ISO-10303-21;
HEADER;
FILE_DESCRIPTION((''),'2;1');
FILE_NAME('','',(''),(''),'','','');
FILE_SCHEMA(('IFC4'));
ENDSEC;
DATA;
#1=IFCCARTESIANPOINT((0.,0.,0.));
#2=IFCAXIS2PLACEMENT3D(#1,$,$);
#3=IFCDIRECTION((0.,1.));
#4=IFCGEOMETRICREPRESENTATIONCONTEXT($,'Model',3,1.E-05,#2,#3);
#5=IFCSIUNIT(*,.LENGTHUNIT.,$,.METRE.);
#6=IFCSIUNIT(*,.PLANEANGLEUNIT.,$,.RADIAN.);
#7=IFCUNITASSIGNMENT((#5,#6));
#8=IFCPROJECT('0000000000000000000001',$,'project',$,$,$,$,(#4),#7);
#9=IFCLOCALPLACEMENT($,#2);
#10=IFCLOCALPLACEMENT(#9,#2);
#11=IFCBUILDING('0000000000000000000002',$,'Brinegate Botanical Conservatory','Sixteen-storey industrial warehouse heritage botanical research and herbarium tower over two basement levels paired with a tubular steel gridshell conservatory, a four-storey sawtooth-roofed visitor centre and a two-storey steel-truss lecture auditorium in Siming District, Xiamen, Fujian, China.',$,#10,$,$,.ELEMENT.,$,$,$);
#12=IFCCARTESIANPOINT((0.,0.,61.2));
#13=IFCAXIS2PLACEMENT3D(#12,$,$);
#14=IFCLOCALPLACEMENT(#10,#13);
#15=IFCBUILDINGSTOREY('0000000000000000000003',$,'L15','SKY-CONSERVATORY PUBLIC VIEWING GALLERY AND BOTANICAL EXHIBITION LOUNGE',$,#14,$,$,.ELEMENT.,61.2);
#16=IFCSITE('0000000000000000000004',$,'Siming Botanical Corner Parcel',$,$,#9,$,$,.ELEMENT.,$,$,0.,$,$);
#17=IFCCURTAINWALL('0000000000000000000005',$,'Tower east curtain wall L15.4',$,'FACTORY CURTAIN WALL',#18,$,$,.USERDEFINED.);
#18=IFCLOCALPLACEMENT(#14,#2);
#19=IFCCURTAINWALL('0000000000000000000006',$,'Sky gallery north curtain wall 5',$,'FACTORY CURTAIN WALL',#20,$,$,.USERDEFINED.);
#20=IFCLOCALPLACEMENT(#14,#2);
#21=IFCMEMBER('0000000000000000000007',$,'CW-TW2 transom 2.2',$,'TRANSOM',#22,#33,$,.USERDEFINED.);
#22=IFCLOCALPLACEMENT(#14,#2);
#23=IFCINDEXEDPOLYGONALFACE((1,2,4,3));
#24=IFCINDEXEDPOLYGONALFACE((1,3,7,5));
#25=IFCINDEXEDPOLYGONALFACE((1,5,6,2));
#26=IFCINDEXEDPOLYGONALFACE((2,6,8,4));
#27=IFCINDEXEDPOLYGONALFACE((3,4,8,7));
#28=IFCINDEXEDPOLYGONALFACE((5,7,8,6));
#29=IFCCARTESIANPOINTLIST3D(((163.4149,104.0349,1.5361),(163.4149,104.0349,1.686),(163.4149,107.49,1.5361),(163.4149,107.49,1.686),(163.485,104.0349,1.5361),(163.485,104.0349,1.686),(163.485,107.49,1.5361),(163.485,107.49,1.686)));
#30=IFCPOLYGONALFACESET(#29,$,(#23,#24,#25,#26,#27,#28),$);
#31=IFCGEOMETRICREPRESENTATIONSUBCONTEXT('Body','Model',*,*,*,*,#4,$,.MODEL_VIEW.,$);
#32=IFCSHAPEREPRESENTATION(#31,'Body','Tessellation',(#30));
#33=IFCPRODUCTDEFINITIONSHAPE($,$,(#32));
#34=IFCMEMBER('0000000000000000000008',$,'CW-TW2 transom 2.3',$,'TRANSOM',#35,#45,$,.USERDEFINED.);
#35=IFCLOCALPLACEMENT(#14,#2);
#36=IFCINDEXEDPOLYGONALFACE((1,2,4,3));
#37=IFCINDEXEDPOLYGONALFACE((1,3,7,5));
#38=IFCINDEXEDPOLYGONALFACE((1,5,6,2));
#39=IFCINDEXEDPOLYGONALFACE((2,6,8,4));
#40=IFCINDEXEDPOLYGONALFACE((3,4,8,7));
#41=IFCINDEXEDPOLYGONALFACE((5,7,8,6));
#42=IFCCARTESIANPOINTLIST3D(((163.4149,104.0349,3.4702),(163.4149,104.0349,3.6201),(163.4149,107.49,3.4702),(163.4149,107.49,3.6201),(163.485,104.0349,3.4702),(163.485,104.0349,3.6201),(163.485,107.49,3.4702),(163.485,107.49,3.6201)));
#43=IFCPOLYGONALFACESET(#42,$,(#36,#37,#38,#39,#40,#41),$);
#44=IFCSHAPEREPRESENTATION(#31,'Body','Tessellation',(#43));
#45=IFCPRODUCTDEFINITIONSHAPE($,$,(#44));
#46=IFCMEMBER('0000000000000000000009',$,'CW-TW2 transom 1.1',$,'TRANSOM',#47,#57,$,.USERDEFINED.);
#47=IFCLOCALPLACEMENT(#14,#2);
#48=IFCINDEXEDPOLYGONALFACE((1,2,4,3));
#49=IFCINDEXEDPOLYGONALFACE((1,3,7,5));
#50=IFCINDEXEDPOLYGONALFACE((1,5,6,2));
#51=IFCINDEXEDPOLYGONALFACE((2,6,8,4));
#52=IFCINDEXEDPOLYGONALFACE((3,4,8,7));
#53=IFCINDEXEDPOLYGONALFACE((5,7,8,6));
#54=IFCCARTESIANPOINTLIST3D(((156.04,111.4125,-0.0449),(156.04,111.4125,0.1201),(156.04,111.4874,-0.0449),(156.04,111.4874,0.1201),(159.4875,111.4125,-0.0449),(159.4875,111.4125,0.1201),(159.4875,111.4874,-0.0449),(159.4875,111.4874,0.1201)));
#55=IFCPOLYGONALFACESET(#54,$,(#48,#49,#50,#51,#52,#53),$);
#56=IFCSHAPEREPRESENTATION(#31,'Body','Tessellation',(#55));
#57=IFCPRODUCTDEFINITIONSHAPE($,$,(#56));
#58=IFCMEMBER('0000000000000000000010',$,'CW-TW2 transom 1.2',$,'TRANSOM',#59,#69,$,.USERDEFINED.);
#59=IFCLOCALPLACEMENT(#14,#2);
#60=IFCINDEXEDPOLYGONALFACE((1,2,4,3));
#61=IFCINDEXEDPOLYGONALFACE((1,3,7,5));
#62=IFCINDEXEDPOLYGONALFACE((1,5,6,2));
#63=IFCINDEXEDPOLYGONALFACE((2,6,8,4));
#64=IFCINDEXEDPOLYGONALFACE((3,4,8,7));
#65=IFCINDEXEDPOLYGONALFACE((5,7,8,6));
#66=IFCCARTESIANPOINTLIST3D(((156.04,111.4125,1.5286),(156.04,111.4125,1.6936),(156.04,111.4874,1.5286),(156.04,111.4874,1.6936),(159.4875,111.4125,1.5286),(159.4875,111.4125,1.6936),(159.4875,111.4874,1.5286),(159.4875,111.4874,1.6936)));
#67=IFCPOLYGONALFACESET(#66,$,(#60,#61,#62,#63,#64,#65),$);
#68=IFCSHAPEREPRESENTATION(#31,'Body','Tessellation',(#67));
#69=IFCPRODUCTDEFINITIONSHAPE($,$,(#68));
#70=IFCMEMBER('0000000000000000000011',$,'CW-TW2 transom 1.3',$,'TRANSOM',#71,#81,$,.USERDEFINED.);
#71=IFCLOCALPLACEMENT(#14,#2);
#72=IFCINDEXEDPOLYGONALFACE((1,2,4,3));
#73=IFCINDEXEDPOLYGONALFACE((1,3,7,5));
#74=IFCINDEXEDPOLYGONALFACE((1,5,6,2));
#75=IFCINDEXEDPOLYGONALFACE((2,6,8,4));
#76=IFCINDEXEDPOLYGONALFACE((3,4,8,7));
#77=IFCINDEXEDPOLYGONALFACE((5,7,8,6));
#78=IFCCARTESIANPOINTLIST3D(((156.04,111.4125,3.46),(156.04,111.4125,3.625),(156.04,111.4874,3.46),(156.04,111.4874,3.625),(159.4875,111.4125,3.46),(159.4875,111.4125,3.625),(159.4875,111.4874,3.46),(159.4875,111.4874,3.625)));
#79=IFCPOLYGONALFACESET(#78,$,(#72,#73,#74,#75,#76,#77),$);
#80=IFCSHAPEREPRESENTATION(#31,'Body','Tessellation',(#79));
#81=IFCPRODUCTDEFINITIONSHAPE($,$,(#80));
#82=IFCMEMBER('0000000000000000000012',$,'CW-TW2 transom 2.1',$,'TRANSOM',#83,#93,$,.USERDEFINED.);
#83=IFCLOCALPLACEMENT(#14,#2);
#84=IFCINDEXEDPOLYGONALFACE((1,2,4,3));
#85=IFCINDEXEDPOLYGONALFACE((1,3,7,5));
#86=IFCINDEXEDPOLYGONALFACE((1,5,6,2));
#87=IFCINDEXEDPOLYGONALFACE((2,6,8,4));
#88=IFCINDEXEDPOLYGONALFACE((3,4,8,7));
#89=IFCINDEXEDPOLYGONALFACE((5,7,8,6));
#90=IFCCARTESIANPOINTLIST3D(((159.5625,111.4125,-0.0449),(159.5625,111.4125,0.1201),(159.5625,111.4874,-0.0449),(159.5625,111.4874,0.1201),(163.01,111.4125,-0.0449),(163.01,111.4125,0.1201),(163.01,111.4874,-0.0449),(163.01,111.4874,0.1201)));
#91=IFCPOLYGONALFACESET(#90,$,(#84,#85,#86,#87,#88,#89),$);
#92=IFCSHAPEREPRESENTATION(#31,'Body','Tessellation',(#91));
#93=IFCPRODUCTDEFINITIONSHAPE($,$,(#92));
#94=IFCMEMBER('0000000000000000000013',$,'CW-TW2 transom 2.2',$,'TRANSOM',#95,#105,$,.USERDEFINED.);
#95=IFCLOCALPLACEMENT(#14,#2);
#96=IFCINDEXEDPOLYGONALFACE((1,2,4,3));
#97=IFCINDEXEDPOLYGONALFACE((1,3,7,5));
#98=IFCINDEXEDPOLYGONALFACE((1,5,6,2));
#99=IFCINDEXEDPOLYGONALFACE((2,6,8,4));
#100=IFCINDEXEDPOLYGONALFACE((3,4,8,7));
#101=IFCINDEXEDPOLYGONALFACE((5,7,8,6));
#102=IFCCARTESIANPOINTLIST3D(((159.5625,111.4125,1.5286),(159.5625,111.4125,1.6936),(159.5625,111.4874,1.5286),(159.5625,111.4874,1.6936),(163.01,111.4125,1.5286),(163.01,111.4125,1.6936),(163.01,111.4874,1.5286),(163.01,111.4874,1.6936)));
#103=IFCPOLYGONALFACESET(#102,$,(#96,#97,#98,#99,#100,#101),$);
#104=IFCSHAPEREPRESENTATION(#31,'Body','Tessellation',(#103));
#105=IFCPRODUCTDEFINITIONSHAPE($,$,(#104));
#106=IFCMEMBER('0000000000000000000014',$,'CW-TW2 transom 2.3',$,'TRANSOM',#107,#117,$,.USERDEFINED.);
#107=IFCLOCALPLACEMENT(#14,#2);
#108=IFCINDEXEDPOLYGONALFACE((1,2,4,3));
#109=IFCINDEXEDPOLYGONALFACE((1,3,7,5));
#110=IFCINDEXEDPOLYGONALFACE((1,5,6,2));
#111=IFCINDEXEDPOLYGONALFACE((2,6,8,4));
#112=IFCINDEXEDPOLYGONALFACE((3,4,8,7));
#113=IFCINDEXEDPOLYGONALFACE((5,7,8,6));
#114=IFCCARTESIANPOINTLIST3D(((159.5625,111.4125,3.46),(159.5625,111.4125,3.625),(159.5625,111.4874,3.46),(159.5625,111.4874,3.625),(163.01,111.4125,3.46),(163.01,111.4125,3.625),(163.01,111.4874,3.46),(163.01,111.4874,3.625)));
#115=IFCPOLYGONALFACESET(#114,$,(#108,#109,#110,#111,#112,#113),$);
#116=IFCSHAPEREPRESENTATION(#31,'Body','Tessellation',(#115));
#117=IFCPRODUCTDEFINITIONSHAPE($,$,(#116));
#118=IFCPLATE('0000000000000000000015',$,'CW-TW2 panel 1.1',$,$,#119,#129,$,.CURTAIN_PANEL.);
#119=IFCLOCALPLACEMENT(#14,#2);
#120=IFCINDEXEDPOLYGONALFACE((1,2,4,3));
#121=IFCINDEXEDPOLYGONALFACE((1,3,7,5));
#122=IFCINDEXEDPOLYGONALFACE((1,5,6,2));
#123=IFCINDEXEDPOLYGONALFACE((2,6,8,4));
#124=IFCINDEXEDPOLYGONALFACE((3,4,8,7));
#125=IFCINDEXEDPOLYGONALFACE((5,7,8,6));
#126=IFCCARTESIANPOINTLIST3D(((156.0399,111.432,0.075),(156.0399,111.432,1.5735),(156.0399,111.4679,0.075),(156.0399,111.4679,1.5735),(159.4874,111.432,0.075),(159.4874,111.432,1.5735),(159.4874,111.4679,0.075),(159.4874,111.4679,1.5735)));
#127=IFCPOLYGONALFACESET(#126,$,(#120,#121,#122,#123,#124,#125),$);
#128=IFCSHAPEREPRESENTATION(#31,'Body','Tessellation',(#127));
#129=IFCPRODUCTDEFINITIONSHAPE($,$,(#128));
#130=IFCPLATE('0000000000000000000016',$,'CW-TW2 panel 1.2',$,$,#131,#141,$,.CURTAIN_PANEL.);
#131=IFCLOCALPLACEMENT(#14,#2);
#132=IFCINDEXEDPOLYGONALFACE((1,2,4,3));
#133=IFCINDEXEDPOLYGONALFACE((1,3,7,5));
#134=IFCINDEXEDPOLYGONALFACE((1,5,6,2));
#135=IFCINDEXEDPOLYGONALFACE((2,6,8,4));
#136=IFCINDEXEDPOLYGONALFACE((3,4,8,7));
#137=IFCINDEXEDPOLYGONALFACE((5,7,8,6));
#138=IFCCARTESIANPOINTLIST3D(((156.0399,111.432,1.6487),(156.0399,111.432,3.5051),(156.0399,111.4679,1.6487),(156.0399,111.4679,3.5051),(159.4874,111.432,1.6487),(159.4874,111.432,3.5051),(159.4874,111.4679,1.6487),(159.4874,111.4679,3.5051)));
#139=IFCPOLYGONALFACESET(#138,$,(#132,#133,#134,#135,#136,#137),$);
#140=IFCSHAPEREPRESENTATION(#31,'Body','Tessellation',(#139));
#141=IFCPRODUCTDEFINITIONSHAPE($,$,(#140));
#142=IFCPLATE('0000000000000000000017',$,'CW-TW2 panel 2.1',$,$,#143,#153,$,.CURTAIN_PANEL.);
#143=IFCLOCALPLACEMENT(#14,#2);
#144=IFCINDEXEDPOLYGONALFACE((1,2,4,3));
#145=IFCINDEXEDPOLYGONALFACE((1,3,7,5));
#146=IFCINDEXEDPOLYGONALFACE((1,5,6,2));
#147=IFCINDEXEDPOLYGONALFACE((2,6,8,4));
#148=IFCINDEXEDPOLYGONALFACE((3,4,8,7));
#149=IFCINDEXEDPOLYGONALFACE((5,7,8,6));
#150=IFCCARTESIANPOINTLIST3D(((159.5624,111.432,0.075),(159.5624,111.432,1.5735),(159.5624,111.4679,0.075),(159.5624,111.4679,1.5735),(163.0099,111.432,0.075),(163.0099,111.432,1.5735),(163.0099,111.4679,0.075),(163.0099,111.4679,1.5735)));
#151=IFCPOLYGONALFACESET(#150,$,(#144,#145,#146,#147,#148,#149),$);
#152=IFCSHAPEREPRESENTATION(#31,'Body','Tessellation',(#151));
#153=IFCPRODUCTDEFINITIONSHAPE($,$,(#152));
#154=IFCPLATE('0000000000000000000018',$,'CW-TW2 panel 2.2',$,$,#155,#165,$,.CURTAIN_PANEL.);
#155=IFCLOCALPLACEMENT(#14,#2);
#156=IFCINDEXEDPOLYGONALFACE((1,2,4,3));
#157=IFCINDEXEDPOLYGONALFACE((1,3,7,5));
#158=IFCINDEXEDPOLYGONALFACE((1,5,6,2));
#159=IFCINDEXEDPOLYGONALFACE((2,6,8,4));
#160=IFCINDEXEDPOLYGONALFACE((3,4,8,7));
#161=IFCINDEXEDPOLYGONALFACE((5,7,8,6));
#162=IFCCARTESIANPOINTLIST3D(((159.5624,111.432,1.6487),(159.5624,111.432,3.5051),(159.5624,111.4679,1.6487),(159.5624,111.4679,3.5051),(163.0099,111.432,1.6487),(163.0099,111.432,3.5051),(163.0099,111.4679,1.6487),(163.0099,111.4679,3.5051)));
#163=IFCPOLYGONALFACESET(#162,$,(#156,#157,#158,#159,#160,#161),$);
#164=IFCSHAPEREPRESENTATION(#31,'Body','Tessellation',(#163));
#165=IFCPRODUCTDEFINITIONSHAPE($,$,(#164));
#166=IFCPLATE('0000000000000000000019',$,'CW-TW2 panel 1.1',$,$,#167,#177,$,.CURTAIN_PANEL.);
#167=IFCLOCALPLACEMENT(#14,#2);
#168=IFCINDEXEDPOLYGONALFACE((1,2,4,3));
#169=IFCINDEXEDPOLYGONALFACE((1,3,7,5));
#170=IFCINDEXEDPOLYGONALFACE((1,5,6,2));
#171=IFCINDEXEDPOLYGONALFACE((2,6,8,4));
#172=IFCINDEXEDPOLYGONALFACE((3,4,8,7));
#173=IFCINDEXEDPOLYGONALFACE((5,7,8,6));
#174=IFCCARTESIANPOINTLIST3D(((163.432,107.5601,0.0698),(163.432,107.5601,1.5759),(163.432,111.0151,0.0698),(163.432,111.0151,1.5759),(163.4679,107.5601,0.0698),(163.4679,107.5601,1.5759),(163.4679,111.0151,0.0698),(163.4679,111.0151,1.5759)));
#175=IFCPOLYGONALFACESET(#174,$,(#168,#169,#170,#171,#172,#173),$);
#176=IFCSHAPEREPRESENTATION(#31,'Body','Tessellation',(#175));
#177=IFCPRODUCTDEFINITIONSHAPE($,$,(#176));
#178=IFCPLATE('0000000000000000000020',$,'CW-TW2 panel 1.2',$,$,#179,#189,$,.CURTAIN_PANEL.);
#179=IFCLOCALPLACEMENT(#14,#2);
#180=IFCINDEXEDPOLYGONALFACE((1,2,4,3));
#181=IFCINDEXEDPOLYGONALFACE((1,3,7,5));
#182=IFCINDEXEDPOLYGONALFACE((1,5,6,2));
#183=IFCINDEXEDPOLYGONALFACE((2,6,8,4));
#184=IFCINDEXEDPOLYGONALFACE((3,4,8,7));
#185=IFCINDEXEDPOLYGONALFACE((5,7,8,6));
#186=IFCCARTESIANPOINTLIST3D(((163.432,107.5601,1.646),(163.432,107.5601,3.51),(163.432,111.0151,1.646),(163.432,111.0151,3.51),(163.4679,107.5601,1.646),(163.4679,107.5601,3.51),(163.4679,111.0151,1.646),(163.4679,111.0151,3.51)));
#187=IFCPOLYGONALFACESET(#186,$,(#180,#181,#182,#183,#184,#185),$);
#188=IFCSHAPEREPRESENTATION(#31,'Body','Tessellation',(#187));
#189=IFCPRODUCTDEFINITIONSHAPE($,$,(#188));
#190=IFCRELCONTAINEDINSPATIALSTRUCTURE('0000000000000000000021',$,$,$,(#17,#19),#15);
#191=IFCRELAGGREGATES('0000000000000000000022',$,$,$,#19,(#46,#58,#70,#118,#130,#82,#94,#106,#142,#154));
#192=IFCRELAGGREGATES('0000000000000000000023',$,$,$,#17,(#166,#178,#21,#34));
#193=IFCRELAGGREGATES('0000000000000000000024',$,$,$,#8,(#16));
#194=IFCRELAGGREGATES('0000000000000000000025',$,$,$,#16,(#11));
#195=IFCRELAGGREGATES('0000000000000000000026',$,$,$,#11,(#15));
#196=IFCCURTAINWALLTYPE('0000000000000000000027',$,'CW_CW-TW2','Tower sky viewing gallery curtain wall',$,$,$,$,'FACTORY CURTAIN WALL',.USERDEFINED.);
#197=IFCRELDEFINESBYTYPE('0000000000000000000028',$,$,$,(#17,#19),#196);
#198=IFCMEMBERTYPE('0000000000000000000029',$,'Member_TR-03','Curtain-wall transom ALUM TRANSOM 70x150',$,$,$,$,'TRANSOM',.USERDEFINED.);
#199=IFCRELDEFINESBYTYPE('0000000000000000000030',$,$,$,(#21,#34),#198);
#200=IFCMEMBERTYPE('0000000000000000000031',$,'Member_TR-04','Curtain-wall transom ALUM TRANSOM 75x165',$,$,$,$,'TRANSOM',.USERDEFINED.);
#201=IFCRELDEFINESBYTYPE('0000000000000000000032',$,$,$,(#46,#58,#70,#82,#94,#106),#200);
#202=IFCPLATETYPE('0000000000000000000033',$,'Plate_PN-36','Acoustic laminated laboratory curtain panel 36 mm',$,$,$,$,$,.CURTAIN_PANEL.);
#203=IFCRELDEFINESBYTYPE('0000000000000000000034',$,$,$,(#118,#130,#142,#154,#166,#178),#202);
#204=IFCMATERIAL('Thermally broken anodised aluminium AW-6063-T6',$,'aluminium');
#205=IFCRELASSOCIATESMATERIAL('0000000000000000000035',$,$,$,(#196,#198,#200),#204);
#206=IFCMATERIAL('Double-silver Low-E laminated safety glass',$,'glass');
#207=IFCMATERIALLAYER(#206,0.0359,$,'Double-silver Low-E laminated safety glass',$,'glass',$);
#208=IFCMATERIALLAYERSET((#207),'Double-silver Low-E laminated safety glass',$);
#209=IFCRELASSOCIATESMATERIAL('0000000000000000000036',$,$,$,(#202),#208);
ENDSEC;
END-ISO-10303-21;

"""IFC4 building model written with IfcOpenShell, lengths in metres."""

from ifc_helpers import new_model, si_unit, direction, frame, origin, origin_2d, place, context, subcontext, project, spatial, rectangle, extrude, material, layer, layer_set, material_profile, profile_set, type_object, element, aggregate, save


model = new_model("IFC4")

# Units and contexts
model_context = context("Model", 3, precision=1e-05, world=origin(), true_north=direction((0.0, 1.0)))
body_context = subcontext(model_context, "Body", "Model", "MODEL_VIEW")
ifc_project = project(units=[si_unit("LENGTHUNIT", "METRE"), si_unit("PLANEANGLEUNIT", "RADIAN")], contexts=[model_context])

# Site, building, storey
site_placement = place(None, origin())
site = spatial("IfcSite", under=ifc_project, at=site_placement, Name="Siming Botanical Corner Parcel", CompositionType="ELEMENT", RefElevation=0.0)
building_placement = place(site_placement, origin())
building = spatial("IfcBuilding", under=site, at=building_placement, Name="Brinegate Botanical Conservatory", Description="Sixteen-storey industrial warehouse heritage botanical research and herbarium tower over two basement levels paired with a tubular steel gridshell conservatory, a four-storey sawtooth-roofed visitor centre and a two-storey steel-truss lecture auditorium in Siming District, Xiamen, Fujian, China.", CompositionType="ELEMENT")
storey_placement = place(building_placement, frame((0.0, 0.0, 61.2)))
storey = spatial("IfcBuildingStorey", under=building, at=storey_placement, Name="L15", Description="SKY-CONSERVATORY PUBLIC VIEWING GALLERY AND BOTANICAL EXHIBITION LOUNGE", CompositionType="ELEMENT", Elevation=61.2)

# Curtain walls
ifc_material_1 = material(Name="Thermally broken anodised aluminium AW-6063-T6", Category="aluminium")
curtain_wall_type = type_object("IfcCurtainWallType", Name="CW_CW-TW2", Description="Tower sky viewing gallery curtain wall", ElementType="FACTORY CURTAIN WALL", PredefinedType="USERDEFINED", material=ifc_material_1)
curtain_wall_1_placement = place(storey_placement, origin())
curtain_wall_1 = element("IfcCurtainWall", 1, at=curtain_wall_1_placement, inside=storey, type_object=curtain_wall_type, Name="Tower east curtain wall L15.4", ObjectType="FACTORY CURTAIN WALL", PredefinedType="USERDEFINED")
curtain_wall_2_placement = place(storey_placement, origin())
curtain_wall_2 = element("IfcCurtainWall", 2, at=curtain_wall_2_placement, inside=storey, type_object=curtain_wall_type, Name="Sky gallery north curtain wall 5", ObjectType="FACTORY CURTAIN WALL", PredefinedType="USERDEFINED")

# Members
ifc_material_profile_1 = material_profile(ifc_material_1, rectangle(XDim=0.0701, YDim=0.1499, at=origin_2d()), Name="ALUM TRANSOM 70x150")
ifc_profile_set_1 = profile_set([ifc_material_profile_1], Name="Thermally broken anodised aluminium AW-6063-T6")
member_type_1 = type_object("IfcMemberType", Name="Member_TR-03", Description="Curtain-wall transom ALUM TRANSOM 70x150", ElementType="TRANSOM", PredefinedType="USERDEFINED", material=ifc_profile_set_1)
member_1_placement = place(storey_placement, frame((163.45, 107.49, 1.6111), z_axis=(0.0, -1.0, 0.0), x_axis=(1.0, 0.0, 0.0)))
member_1 = element("IfcMember", 3, at=member_1_placement, type_object=member_type_1, Name="CW-TW2 transom 2.2", ObjectType="TRANSOM", PredefinedType="USERDEFINED", context=body_context, shape_type="SweptSolid", body=[
    extrude(rectangle(XDim=0.0701, YDim=0.1499, at=origin_2d()), origin(), (0.0, 0.0, 1.0), 3.4551),
])
member_2_placement = place(storey_placement, frame((163.45, 107.49, 3.5452), z_axis=(0.0, -1.0, 0.0), x_axis=(1.0, 0.0, 0.0)))
member_2 = element("IfcMember", 4, at=member_2_placement, type_object=member_type_1, Name="CW-TW2 transom 2.3", ObjectType="TRANSOM", PredefinedType="USERDEFINED", context=body_context, shape_type="SweptSolid", body=[
    extrude(rectangle(XDim=0.0701, YDim=0.1499, at=origin_2d()), origin(), (0.0, 0.0, 1.0), 3.4551),
])
ifc_material_profile_2 = material_profile(ifc_material_1, rectangle(XDim=0.075, YDim=0.165, at=origin_2d()), Name="ALUM TRANSOM 75x165")
ifc_profile_set_2 = profile_set([ifc_material_profile_2], Name="Thermally broken anodised aluminium AW-6063-T6")
member_type_2 = type_object("IfcMemberType", Name="Member_TR-04", Description="Curtain-wall transom ALUM TRANSOM 75x165", ElementType="TRANSOM", PredefinedType="USERDEFINED", material=ifc_profile_set_2)
member_3_placement = place(storey_placement, frame((156.04, 111.45, 0.0376), z_axis=(1.0, 0.0, 0.0), x_axis=(0.0, 1.0, 0.0)))
member_3 = element("IfcMember", 5, at=member_3_placement, type_object=member_type_2, Name="CW-TW2 transom 1.1", ObjectType="TRANSOM", PredefinedType="USERDEFINED", context=body_context, shape_type="SweptSolid", body=[
    extrude(rectangle(XDim=0.075, YDim=0.165, at=origin_2d()), origin(), (0.0, 0.0, 1.0), 3.4475),
])
member_4_placement = place(storey_placement, frame((156.04, 111.45, 1.6111), z_axis=(1.0, 0.0, 0.0), x_axis=(0.0, 1.0, 0.0)))
member_4 = element("IfcMember", 6, at=member_4_placement, type_object=member_type_2, Name="CW-TW2 transom 1.2", ObjectType="TRANSOM", PredefinedType="USERDEFINED", context=body_context, shape_type="SweptSolid", body=[
    extrude(rectangle(XDim=0.075, YDim=0.165, at=origin_2d()), origin(), (0.0, 0.0, 1.0), 3.4475),
])
member_5_placement = place(storey_placement, frame((156.04, 111.45, 3.5425), z_axis=(1.0, 0.0, 0.0), x_axis=(0.0, 1.0, 0.0)))
member_5 = element("IfcMember", 7, at=member_5_placement, type_object=member_type_2, Name="CW-TW2 transom 1.3", ObjectType="TRANSOM", PredefinedType="USERDEFINED", context=body_context, shape_type="SweptSolid", body=[
    extrude(rectangle(XDim=0.075, YDim=0.165, at=origin_2d()), origin(), (0.0, 0.0, 1.0), 3.4475),
])
member_6_placement = place(storey_placement, frame((159.5625, 111.45, 0.0376), z_axis=(1.0, 0.0, 0.0), x_axis=(0.0, 1.0, 0.0)))
member_6 = element("IfcMember", 8, at=member_6_placement, type_object=member_type_2, Name="CW-TW2 transom 2.1", ObjectType="TRANSOM", PredefinedType="USERDEFINED", context=body_context, shape_type="SweptSolid", body=[
    extrude(rectangle(XDim=0.075, YDim=0.165, at=origin_2d()), origin(), (0.0, 0.0, 1.0), 3.4475),
])
member_7_placement = place(storey_placement, frame((159.5625, 111.45, 1.6111), z_axis=(1.0, 0.0, 0.0), x_axis=(0.0, 1.0, 0.0)))
member_7 = element("IfcMember", 9, at=member_7_placement, type_object=member_type_2, Name="CW-TW2 transom 2.2", ObjectType="TRANSOM", PredefinedType="USERDEFINED", context=body_context, shape_type="SweptSolid", body=[
    extrude(rectangle(XDim=0.075, YDim=0.165, at=origin_2d()), origin(), (0.0, 0.0, 1.0), 3.4475),
])
member_8_placement = place(storey_placement, frame((159.5625, 111.45, 3.5425), z_axis=(1.0, 0.0, 0.0), x_axis=(0.0, 1.0, 0.0)))
member_8 = element("IfcMember", 10, at=member_8_placement, type_object=member_type_2, Name="CW-TW2 transom 2.3", ObjectType="TRANSOM", PredefinedType="USERDEFINED", context=body_context, shape_type="SweptSolid", body=[
    extrude(rectangle(XDim=0.075, YDim=0.165, at=origin_2d()), origin(), (0.0, 0.0, 1.0), 3.4475),
])

# Plates
ifc_material_2 = material(Name="Double-silver Low-E laminated safety glass", Category="glass")
ifc_layer_1 = layer(ifc_material_2, 0.0359, Name="Double-silver Low-E laminated safety glass", Category="glass")
ifc_layer_set_1 = layer_set([ifc_layer_1], Name="Double-silver Low-E laminated safety glass")
plate_type = type_object("IfcPlateType", Name="Plate_PN-36", Description="Acoustic laminated laboratory curtain panel 36 mm", PredefinedType="CURTAIN_PANEL", material=ifc_layer_set_1)
plate_1_placement = place(storey_placement, frame((157.7637, 111.45, 0.075), z_axis=(0.0, 0.0, 1.0), x_axis=(1.0, 0.0, 0.0)))
plate_1 = element("IfcPlate", 11, at=plate_1_placement, type_object=plate_type, Name="CW-TW2 panel 1.1", PredefinedType="CURTAIN_PANEL", context=body_context, shape_type="SweptSolid", body=[
    extrude(rectangle(XDim=3.4475, YDim=0.0359, at=origin_2d()), origin(), (0.0, 0.0, 1.0), 1.4985),
])
plate_2_placement = place(storey_placement, frame((157.7637, 111.45, 1.6487), z_axis=(0.0, 0.0, 1.0), x_axis=(1.0, 0.0, 0.0)))
plate_2 = element("IfcPlate", 12, at=plate_2_placement, type_object=plate_type, Name="CW-TW2 panel 1.2", PredefinedType="CURTAIN_PANEL", context=body_context, shape_type="SweptSolid", body=[
    extrude(rectangle(XDim=3.4475, YDim=0.0359, at=origin_2d()), origin(), (0.0, 0.0, 1.0), 1.8564),
])
plate_3_placement = place(storey_placement, frame((161.2861, 111.45, 0.075), z_axis=(0.0, 0.0, 1.0), x_axis=(1.0, 0.0, 0.0)))
plate_3 = element("IfcPlate", 13, at=plate_3_placement, type_object=plate_type, Name="CW-TW2 panel 2.1", PredefinedType="CURTAIN_PANEL", context=body_context, shape_type="SweptSolid", body=[
    extrude(rectangle(XDim=3.4475, YDim=0.0359, at=origin_2d()), origin(), (0.0, 0.0, 1.0), 1.4985),
])
plate_4_placement = place(storey_placement, frame((161.2861, 111.45, 1.6487), z_axis=(0.0, 0.0, 1.0), x_axis=(1.0, 0.0, 0.0)))
plate_4 = element("IfcPlate", 14, at=plate_4_placement, type_object=plate_type, Name="CW-TW2 panel 2.2", PredefinedType="CURTAIN_PANEL", context=body_context, shape_type="SweptSolid", body=[
    extrude(rectangle(XDim=3.4475, YDim=0.0359, at=origin_2d()), origin(), (0.0, 0.0, 1.0), 1.8564),
])
aggregate(curtain_wall_2, [member_3, member_4, member_5, plate_1, plate_2, member_6, member_7, member_8, plate_3, plate_4])
plate_5_placement = place(storey_placement, frame((163.45, 109.2876, 0.0698), z_axis=(0.0, 0.0, 1.0), x_axis=(0.0, -1.0, 0.0)))
plate_5 = element("IfcPlate", 15, at=plate_5_placement, type_object=plate_type, Name="CW-TW2 panel 1.1", PredefinedType="CURTAIN_PANEL", context=body_context, shape_type="SweptSolid", body=[
    extrude(rectangle(XDim=3.4551, YDim=0.0359, at=origin_2d()), origin(), (0.0, 0.0, 1.0), 1.5061),
])
plate_6_placement = place(storey_placement, frame((163.45, 109.2876, 1.646), z_axis=(0.0, 0.0, 1.0), x_axis=(0.0, -1.0, 0.0)))
plate_6 = element("IfcPlate", 16, at=plate_6_placement, type_object=plate_type, Name="CW-TW2 panel 1.2", PredefinedType="CURTAIN_PANEL", context=body_context, shape_type="SweptSolid", body=[
    extrude(rectangle(XDim=3.4551, YDim=0.0359, at=origin_2d()), origin(), (0.0, 0.0, 1.0), 1.864),
])
aggregate(curtain_wall_1, [plate_5, plate_6, member_1, member_2])

save(model, "model.ifc")
